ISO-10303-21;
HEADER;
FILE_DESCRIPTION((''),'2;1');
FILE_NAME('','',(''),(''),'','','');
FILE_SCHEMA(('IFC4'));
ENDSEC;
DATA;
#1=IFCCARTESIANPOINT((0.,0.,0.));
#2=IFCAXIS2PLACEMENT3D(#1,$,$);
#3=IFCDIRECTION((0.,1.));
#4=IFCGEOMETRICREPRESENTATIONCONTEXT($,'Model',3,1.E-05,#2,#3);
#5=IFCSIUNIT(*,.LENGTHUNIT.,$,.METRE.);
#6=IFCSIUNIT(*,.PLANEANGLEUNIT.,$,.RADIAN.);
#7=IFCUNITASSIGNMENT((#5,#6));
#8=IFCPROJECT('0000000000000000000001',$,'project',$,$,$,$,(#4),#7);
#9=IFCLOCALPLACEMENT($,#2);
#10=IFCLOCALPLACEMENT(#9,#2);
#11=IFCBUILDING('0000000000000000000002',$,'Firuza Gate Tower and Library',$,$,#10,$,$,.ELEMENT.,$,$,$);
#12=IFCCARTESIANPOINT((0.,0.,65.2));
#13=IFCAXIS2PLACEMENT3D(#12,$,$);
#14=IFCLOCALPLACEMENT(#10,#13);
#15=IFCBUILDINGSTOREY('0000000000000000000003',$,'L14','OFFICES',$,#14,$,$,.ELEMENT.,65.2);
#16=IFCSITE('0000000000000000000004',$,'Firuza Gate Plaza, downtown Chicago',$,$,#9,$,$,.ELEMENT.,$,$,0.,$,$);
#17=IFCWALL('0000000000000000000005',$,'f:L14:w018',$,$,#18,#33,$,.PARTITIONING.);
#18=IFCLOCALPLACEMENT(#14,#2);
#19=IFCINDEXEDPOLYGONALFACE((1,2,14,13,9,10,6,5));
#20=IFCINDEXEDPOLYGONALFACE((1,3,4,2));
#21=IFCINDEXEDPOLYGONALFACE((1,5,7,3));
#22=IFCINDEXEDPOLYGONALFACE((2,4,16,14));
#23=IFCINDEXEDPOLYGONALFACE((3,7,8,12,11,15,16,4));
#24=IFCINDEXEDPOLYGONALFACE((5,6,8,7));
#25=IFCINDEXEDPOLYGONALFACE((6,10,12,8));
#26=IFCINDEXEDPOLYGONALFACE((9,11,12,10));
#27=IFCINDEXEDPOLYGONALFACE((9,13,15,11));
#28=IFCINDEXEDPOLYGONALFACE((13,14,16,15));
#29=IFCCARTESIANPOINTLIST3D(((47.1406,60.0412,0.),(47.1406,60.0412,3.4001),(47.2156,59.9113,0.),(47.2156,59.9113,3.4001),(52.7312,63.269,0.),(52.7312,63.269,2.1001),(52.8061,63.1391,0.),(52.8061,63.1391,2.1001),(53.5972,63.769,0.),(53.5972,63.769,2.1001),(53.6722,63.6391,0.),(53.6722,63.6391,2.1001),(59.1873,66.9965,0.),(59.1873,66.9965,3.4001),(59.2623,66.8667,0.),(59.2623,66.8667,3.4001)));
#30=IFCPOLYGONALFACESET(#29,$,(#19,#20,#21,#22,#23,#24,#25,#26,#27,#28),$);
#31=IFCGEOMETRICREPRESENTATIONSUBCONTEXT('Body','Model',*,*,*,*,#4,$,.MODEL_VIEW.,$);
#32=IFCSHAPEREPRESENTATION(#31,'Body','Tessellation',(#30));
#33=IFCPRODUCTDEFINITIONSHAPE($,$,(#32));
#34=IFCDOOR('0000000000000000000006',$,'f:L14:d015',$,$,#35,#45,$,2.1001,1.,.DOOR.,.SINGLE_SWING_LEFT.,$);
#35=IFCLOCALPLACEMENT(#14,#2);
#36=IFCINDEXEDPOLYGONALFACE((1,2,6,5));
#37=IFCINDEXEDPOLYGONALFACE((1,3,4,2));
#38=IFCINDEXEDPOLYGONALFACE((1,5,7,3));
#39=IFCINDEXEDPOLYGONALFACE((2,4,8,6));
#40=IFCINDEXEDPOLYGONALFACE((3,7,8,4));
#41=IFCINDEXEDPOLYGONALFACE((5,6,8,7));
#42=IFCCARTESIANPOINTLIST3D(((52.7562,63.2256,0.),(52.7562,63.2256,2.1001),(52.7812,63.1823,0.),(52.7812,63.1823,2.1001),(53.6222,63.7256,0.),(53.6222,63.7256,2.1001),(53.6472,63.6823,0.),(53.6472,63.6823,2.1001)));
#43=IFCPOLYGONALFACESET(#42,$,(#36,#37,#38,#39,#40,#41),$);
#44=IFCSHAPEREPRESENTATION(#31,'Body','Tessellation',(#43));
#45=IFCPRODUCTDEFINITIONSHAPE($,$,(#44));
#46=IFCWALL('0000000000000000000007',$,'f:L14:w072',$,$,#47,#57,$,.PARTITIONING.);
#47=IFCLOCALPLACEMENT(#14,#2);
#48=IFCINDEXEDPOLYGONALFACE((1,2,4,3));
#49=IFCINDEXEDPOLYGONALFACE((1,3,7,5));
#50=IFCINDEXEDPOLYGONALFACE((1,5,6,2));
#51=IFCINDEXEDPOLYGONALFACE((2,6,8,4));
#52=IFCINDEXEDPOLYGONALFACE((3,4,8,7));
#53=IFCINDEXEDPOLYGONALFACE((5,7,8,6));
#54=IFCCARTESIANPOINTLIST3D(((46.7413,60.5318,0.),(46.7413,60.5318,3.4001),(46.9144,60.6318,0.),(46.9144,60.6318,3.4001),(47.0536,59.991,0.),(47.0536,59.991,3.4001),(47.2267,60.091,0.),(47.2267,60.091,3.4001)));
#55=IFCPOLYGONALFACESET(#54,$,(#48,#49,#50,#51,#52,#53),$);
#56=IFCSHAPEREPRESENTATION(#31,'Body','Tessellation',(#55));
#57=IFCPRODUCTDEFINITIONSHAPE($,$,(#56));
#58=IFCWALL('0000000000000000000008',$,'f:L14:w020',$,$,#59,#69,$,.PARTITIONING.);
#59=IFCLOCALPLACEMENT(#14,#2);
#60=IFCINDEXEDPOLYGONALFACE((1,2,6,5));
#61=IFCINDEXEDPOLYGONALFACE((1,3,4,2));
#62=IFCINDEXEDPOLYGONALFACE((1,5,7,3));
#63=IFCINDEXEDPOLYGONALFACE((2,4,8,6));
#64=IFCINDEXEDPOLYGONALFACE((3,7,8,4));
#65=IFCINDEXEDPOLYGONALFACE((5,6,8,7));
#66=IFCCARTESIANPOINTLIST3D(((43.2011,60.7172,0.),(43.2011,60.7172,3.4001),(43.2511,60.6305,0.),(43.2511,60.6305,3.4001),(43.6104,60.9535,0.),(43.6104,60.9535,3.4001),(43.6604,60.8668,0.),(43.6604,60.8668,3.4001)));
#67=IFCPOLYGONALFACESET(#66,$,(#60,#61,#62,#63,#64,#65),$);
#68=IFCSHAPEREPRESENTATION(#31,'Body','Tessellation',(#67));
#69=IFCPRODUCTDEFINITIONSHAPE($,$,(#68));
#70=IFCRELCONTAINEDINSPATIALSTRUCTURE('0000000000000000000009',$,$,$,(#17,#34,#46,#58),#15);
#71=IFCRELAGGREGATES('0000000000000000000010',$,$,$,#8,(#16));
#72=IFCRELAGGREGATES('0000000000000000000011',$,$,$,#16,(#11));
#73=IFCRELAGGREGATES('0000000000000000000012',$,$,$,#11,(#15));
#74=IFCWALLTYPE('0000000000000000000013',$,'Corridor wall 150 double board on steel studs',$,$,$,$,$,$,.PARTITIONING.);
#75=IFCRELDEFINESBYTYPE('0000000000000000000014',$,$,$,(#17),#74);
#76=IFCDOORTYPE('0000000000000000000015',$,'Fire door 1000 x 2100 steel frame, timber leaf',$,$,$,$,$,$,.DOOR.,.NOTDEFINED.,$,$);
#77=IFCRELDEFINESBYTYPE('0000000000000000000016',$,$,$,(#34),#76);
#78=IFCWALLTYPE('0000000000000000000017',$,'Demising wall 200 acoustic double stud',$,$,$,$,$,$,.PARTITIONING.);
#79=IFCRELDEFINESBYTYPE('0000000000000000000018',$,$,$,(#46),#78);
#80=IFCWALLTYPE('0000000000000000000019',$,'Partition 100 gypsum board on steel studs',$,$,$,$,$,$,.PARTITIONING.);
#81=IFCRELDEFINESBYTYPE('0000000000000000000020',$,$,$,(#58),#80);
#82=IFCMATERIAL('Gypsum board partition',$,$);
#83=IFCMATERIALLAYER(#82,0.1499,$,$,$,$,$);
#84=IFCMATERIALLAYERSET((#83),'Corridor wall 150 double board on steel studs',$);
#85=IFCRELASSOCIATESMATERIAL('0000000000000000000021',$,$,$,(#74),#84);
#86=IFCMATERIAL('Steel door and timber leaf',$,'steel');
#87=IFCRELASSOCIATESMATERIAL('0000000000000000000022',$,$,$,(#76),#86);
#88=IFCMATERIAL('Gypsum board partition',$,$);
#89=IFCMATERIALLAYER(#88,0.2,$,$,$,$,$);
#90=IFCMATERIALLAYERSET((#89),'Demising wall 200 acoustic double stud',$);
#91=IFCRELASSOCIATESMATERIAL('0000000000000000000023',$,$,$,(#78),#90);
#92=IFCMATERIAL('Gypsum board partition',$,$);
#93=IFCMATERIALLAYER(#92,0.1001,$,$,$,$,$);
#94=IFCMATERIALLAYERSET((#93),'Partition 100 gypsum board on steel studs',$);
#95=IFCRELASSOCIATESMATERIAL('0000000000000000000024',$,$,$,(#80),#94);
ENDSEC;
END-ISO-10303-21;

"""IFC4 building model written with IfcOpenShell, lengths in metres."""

from ifc_helpers import new_model, si_unit, direction, frame, frame_2d, origin, place, context, subcontext, project, spatial, rectangle, extrude, material, layer, layer_set, type_object, element, fill, save


model = new_model("IFC4")

# Units and contexts
model_context = context("Model", 3, precision=1e-05, world=origin(), true_north=direction((0.0, 1.0)))
body_context = subcontext(model_context, "Body", "Model", "MODEL_VIEW")
ifc_project = project(units=[si_unit("LENGTHUNIT", "METRE"), si_unit("PLANEANGLEUNIT", "RADIAN")], contexts=[model_context])

# Site, building, storey
site_placement = place(None, origin())
site = spatial("IfcSite", under=ifc_project, at=site_placement, Name="Firuza Gate Plaza, downtown Chicago", CompositionType="ELEMENT", RefElevation=0.0)
building_placement = place(site_placement, origin())
building = spatial("IfcBuilding", under=site, at=building_placement, Name="Firuza Gate Tower and Library", CompositionType="ELEMENT")
storey_placement = place(building_placement, frame((0.0, 0.0, 65.2)))
storey = spatial("IfcBuildingStorey", under=building, at=storey_placement, Name="L14", Description="OFFICES", CompositionType="ELEMENT", Elevation=65.2)

# Wall, opening, door
ifc_material_1 = material(Name="Gypsum board partition")
ifc_layer_1 = layer(ifc_material_1, 0.1499)
ifc_layer_set_1 = layer_set([ifc_layer_1], Name="Corridor wall 150 double board on steel studs")
wall_type_1 = type_object("IfcWallType", Name="Corridor wall 150 double board on steel studs", PredefinedType="PARTITIONING", material=ifc_layer_set_1)
wall_1_placement = place(storey_placement, frame((47.1782, 59.9763, 0.0), z_axis=(0.0, 0.0, 1.0), x_axis=(0.866019, 0.500011, 0.0)))
wall_1 = element("IfcWall", 1, at=wall_1_placement, inside=storey, type_object=wall_type_1, Name="f:L14:w018", PredefinedType="PARTITIONING", context=body_context, shape_type="SweptSolid", body=[
    extrude(rectangle(XDim=13.9104, YDim=0.1499, at=frame_2d((6.9551, 0.0))), origin(), (0.0, 0.0, 1.0), 3.4001),
])
opening_placement = place(wall_1_placement, frame((6.4553, 0.0, 0.0)))
opening = element("IfcOpeningElement", 2, at=opening_placement, cuts=wall_1, PredefinedType="OPENING", context=body_context, shape_type="SweptSolid", body=[
    extrude(rectangle(XDim=1.0, YDim=2.1001, at=frame_2d((0.5, 1.05))), frame((0.0, 0.085, 0.0), z_axis=(0.0, -1.0, 0.0), x_axis=(1.0, 0.0, 0.0)), (0.0, 0.0, 1.0), 0.1699),
])
ifc_material_2 = material(Name="Steel door and timber leaf", Category="steel")
door_type = type_object("IfcDoorType", Name="Fire door 1000 x 2100 steel frame, timber leaf", OperationType="NOTDEFINED", PredefinedType="DOOR", material=ifc_material_2)
door_placement = place(opening_placement, origin())
door = element("IfcDoor", 3, at=door_placement, inside=storey, type_object=door_type, Name="f:L14:d015", OperationType="SINGLE_SWING_LEFT", OverallHeight=2.1001, OverallWidth=1.0, PredefinedType="DOOR", context=body_context, shape_type="SweptSolid", body=[
    extrude(rectangle(XDim=1.0, YDim=2.1001, at=frame_2d((0.5, 1.05))), frame((0.0, 0.0249, 0.0), z_axis=(0.0, -1.0, 0.0), x_axis=(1.0, 0.0, 0.0)), (0.0, 0.0, 1.0), 0.05),
])
fill(opening, door)

# Walls
ifc_material_3 = material(Name="Gypsum board partition")
ifc_layer_2 = layer(ifc_material_3, 0.2)
ifc_layer_set_2 = layer_set([ifc_layer_2], Name="Demising wall 200 acoustic double stud")
wall_type_2 = type_object("IfcWallType", Name="Demising wall 200 acoustic double stud", PredefinedType="PARTITIONING", material=ifc_layer_set_2)
wall_2_placement = place(storey_placement, frame((47.1401, 60.041, 0.0), z_axis=(0.0, 0.0, 1.0), x_axis=(-0.50005, 0.865997, 0.0)))
element("IfcWall", 4, at=wall_2_placement, inside=storey, type_object=wall_type_2, Name="f:L14:w072", PredefinedType="PARTITIONING", context=body_context, shape_type="SweptSolid", body=[
    extrude(rectangle(XDim=0.6245, YDim=0.2, at=frame_2d((0.3123, 0.0))), origin(), (0.0, 0.0, 1.0), 3.4001),
])
ifc_material_4 = material(Name="Gypsum board partition")
ifc_layer_3 = layer(ifc_material_4, 0.1001)
ifc_layer_set_3 = layer_set([ifc_layer_3], Name="Partition 100 gypsum board on steel studs")
wall_type_3 = type_object("IfcWallType", Name="Partition 100 gypsum board on steel studs", PredefinedType="PARTITIONING", material=ifc_layer_set_3)
wall_3_placement = place(storey_placement, frame((43.2261, 60.6738, 0.0), z_axis=(0.0, 0.0, 1.0), x_axis=(0.866074, 0.499916, 0.0)))
element("IfcWall", 5, at=wall_3_placement, inside=storey, type_object=wall_type_3, Name="f:L14:w020", PredefinedType="PARTITIONING", context=body_context, shape_type="SweptSolid", body=[
    extrude(rectangle(XDim=0.4727, YDim=0.1001, at=frame_2d((0.2363, 0.0))), origin(), (0.0, 0.0, 1.0), 3.4001),
])

save(model, "model.ifc")
